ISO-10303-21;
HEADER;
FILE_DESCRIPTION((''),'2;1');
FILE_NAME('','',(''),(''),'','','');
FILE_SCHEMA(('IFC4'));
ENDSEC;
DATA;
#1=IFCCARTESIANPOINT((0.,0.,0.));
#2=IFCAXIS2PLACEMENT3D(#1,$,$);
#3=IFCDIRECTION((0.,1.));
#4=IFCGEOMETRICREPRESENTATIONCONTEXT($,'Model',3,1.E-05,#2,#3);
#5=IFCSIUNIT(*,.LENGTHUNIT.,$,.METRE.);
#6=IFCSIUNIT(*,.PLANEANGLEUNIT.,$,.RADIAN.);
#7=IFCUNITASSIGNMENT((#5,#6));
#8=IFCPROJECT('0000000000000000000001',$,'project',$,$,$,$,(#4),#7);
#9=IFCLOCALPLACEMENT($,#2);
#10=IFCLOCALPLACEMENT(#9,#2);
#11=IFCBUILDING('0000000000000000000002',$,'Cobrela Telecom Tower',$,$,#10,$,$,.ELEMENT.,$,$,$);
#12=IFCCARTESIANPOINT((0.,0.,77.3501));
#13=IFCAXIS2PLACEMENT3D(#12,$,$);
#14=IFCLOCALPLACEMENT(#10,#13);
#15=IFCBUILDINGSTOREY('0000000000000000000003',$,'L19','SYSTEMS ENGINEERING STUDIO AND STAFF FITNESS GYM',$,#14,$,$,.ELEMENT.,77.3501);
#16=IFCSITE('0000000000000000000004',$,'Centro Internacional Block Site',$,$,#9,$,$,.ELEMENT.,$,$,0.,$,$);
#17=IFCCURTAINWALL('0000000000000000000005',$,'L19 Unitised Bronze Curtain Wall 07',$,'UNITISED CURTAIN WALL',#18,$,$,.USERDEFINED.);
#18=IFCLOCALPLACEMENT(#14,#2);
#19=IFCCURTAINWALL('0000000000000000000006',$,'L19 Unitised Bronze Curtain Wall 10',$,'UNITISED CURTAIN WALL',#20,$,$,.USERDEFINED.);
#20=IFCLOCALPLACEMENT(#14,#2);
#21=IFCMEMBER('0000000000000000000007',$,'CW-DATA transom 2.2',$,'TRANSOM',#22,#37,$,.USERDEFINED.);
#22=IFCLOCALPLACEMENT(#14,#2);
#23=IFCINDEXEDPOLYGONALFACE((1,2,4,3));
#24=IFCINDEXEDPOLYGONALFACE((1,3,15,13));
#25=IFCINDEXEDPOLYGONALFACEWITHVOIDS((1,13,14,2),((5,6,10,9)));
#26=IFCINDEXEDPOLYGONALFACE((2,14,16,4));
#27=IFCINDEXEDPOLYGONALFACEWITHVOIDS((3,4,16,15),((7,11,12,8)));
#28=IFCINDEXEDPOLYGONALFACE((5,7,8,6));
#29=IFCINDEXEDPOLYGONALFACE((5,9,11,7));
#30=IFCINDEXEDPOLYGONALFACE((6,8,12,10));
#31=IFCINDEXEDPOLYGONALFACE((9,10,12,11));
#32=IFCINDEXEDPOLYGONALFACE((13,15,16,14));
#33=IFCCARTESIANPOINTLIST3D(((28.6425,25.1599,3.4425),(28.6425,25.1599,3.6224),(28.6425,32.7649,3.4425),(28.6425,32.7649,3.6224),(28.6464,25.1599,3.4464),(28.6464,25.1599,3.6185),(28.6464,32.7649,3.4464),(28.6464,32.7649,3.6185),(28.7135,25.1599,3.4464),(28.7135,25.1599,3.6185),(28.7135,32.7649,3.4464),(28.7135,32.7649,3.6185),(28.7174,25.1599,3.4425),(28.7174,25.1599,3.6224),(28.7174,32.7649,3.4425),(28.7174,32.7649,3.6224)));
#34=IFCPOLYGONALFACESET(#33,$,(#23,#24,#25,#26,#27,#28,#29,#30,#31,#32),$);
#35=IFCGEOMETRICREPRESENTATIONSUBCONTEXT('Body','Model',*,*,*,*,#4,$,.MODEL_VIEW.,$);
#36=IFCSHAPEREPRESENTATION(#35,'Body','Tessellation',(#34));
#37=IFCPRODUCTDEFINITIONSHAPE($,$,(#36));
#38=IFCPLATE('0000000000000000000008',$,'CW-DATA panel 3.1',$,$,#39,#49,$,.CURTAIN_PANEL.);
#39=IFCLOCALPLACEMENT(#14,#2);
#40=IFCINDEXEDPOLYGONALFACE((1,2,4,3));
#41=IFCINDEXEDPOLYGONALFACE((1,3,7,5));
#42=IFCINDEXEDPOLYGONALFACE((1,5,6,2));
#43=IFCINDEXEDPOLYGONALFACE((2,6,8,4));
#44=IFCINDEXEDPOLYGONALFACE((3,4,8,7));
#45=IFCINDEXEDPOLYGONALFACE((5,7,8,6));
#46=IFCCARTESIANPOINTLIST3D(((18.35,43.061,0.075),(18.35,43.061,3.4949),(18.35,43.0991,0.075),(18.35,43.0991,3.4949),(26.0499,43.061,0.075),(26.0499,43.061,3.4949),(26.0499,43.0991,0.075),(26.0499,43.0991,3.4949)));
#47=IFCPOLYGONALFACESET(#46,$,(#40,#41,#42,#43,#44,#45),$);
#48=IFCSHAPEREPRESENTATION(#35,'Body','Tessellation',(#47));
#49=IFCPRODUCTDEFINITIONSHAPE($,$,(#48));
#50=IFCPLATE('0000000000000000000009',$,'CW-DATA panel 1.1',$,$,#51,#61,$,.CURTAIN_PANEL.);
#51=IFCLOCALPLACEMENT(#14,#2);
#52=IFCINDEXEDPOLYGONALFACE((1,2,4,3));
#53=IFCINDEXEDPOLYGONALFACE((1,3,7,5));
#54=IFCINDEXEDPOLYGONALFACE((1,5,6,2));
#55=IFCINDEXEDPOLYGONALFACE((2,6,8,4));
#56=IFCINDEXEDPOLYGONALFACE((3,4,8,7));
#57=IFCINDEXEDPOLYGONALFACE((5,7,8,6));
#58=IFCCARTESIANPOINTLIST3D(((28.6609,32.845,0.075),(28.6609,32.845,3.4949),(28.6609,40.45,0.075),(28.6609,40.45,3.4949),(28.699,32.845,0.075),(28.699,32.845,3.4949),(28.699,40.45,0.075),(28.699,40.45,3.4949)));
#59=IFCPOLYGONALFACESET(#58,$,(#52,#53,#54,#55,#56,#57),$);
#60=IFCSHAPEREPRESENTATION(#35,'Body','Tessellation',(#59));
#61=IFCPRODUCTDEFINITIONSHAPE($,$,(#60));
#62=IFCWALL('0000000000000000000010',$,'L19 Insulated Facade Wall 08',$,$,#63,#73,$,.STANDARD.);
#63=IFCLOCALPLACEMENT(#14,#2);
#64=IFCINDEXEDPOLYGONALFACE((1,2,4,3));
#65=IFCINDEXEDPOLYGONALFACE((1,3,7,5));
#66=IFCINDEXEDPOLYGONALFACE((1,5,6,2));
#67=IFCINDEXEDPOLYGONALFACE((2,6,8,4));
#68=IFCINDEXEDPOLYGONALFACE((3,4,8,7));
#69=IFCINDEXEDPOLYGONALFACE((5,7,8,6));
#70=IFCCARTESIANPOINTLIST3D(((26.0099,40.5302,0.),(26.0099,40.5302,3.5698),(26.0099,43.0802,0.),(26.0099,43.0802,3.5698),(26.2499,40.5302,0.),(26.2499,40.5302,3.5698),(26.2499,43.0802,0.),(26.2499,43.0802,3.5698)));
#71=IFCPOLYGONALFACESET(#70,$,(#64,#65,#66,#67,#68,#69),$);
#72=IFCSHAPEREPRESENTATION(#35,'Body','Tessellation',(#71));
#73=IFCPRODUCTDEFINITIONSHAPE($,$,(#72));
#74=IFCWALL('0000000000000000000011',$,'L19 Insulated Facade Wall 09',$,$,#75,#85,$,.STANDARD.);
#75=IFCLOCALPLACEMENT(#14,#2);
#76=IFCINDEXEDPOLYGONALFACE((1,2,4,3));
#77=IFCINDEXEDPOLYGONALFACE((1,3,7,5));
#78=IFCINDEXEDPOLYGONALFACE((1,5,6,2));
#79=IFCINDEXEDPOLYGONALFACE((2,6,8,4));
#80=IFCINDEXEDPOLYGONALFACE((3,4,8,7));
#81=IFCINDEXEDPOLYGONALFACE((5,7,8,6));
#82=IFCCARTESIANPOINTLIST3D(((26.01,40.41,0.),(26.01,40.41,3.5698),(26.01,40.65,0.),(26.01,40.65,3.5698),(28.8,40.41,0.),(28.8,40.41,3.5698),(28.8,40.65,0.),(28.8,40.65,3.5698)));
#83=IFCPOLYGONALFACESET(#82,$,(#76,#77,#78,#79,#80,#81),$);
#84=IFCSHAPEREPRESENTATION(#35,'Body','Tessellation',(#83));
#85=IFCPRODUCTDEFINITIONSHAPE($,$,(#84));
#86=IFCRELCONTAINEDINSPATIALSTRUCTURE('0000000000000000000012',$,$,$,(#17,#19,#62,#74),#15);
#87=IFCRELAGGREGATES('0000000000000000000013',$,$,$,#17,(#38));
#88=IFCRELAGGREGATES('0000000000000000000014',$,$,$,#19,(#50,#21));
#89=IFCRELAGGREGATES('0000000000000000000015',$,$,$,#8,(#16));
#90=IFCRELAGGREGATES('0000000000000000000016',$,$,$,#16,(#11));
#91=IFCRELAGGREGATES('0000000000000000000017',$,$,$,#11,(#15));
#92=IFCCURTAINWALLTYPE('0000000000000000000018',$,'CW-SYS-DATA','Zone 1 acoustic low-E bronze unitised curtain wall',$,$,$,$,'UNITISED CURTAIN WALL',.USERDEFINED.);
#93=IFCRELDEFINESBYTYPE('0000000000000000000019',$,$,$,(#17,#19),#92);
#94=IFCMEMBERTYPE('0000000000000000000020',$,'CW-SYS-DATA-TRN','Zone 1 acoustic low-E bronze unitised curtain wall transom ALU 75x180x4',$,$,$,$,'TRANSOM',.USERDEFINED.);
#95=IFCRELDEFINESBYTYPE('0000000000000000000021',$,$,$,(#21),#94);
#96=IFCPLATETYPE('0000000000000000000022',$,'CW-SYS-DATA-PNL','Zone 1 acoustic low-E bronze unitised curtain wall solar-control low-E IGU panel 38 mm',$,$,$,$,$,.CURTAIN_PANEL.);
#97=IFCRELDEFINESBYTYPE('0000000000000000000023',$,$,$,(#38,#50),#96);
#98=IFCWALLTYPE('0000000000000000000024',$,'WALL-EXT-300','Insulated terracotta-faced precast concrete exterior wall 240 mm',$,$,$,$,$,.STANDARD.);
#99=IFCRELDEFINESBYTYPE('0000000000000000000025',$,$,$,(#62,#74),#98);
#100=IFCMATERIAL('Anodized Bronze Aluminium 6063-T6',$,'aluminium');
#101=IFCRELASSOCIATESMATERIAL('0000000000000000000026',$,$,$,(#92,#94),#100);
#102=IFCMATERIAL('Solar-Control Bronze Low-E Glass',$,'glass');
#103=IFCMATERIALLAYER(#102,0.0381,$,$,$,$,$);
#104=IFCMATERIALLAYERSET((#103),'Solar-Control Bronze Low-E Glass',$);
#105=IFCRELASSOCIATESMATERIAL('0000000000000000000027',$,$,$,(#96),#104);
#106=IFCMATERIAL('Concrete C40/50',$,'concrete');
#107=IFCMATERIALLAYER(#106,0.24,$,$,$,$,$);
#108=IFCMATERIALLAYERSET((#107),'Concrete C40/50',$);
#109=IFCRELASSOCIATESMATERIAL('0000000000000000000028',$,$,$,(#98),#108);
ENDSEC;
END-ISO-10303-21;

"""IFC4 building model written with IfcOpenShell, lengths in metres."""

from ifc_helpers import new_model, si_unit, direction, frame, frame_2d, origin, origin_2d, place, context, subcontext, project, spatial, rectangle, hollow_rectangle, extrude, material, layer, layer_set, material_profile, profile_set, type_object, element, aggregate, save


model = new_model("IFC4")

# Units and contexts
model_context = context("Model", 3, precision=1e-05, world=origin(), true_north=direction((0.0, 1.0)))
body_context = subcontext(model_context, "Body", "Model", "MODEL_VIEW")
ifc_project = project(units=[si_unit("LENGTHUNIT", "METRE"), si_unit("PLANEANGLEUNIT", "RADIAN")], contexts=[model_context])

# Site, building, storey
site_placement = place(None, origin())
site = spatial("IfcSite", under=ifc_project, at=site_placement, Name="Centro Internacional Block Site", CompositionType="ELEMENT", RefElevation=0.0)
building_placement = place(site_placement, origin())
building = spatial("IfcBuilding", under=site, at=building_placement, Name="Cobrela Telecom Tower", CompositionType="ELEMENT")
storey_placement = place(building_placement, frame((0.0, 0.0, 77.3501)))
storey = spatial("IfcBuildingStorey", under=building, at=storey_placement, Name="L19", Description="SYSTEMS ENGINEERING STUDIO AND STAFF FITNESS GYM", CompositionType="ELEMENT", Elevation=77.3501)

# Curtain wall
ifc_material_1 = material(Name="Anodized Bronze Aluminium 6063-T6", Category="aluminium")
curtain_wall_type = type_object("IfcCurtainWallType", Name="CW-SYS-DATA", Description="Zone 1 acoustic low-E bronze unitised curtain wall", ElementType="UNITISED CURTAIN WALL", PredefinedType="USERDEFINED", material=ifc_material_1)
curtain_wall_1_placement = place(storey_placement, origin())
curtain_wall_1 = element("IfcCurtainWall", 1, at=curtain_wall_1_placement, inside=storey, type_object=curtain_wall_type, Name="L19 Unitised Bronze Curtain Wall 07", ObjectType="UNITISED CURTAIN WALL", PredefinedType="USERDEFINED")

# Curtain wall, member
curtain_wall_2_placement = place(storey_placement, origin())
curtain_wall_2 = element("IfcCurtainWall", 2, at=curtain_wall_2_placement, inside=storey, type_object=curtain_wall_type, Name="L19 Unitised Bronze Curtain Wall 10", ObjectType="UNITISED CURTAIN WALL", PredefinedType="USERDEFINED")
ifc_material_profile_1 = material_profile(ifc_material_1, hollow_rectangle(XDim=0.075, YDim=0.1799, WallThickness=0.0039, at=origin_2d()), Name="ALU 75x180x4")
ifc_profile_set_1 = profile_set([ifc_material_profile_1], Name="Anodized Bronze Aluminium 6063-T6")
member_type_1 = type_object("IfcMemberType", Name="CW-SYS-DATA-TRN", Description="Zone 1 acoustic low-E bronze unitised curtain wall transom ALU 75x180x4", ElementType="TRANSOM", PredefinedType="USERDEFINED", material=ifc_profile_set_1)
member_1_placement = place(storey_placement, frame((28.6799, 32.7649, 3.5325), z_axis=(0.0, -1.0, 0.0), x_axis=(1.0, 0.0, 0.0)))
member_1 = element("IfcMember", 3, at=member_1_placement, type_object=member_type_1, Name="CW-DATA transom 2.2", ObjectType="TRANSOM", PredefinedType="USERDEFINED", context=body_context, shape_type="SweptSolid", body=[
    extrude(hollow_rectangle(XDim=0.075, YDim=0.1799, WallThickness=0.0039, at=origin_2d()), origin(), (0.0, 0.0, 1.0), 7.605),
])

# Plates
ifc_material_2 = material(Name="Solar-Control Bronze Low-E Glass", Category="glass")
ifc_layer_1 = layer(ifc_material_2, 0.0381)
ifc_layer_set_1 = layer_set([ifc_layer_1], Name="Solar-Control Bronze Low-E Glass")
plate_type = type_object("IfcPlateType", Name="CW-SYS-DATA-PNL", Description="Zone 1 acoustic low-E bronze unitised curtain wall solar-control low-E IGU panel 38 mm", PredefinedType="CURTAIN_PANEL", material=ifc_layer_set_1)
plate_1_placement = place(storey_placement, frame((22.2, 43.0801, 0.075), z_axis=(0.0, 0.0, 1.0), x_axis=(1.0, 0.0, 0.0)))
plate_1 = element("IfcPlate", 4, at=plate_1_placement, type_object=plate_type, Name="CW-DATA panel 3.1", PredefinedType="CURTAIN_PANEL", context=body_context, shape_type="SweptSolid", body=[
    extrude(rectangle(XDim=7.7, YDim=0.0381, at=origin_2d()), origin(), (0.0, 0.0, 1.0), 3.4199),
])
aggregate(curtain_wall_1, [plate_1])
plate_2_placement = place(storey_placement, frame((28.6799, 36.6475, 0.075), z_axis=(0.0, 0.0, 1.0), x_axis=(0.0, -1.0, 0.0)))
plate_2 = element("IfcPlate", 5, at=plate_2_placement, type_object=plate_type, Name="CW-DATA panel 1.1", PredefinedType="CURTAIN_PANEL", context=body_context, shape_type="SweptSolid", body=[
    extrude(rectangle(XDim=7.605, YDim=0.0381, at=origin_2d()), origin(), (0.0, 0.0, 1.0), 3.4199),
])
aggregate(curtain_wall_2, [plate_2, member_1])

# Walls
ifc_material_3 = material(Name="Concrete C40/50", Category="concrete")
ifc_layer_2 = layer(ifc_material_3, 0.24)
ifc_layer_set_2 = layer_set([ifc_layer_2], Name="Concrete C40/50")
wall_type = type_object("IfcWallType", Name="WALL-EXT-300", Description="Insulated terracotta-faced precast concrete exterior wall 240 mm", PredefinedType="STANDARD", material=ifc_layer_set_2)
wall_1_placement = place(storey_placement, frame((26.1299, 43.0801, 0.0), z_axis=(0.0, 0.0, 1.0), x_axis=(0.0, -1.0, 0.0)))
element("IfcWall", 6, at=wall_1_placement, inside=storey, type_object=wall_type, Name="L19 Insulated Facade Wall 08", PredefinedType="STANDARD", context=body_context, shape_type="SweptSolid", body=[
    extrude(rectangle(XDim=2.55, YDim=0.24, at=frame_2d((1.2749, 0.0))), origin(), (0.0, 0.0, 1.0), 3.5698),
])
wall_2_placement = place(storey_placement, frame((26.01, 40.53, 0.0), z_axis=(0.0, 0.0, 1.0), x_axis=(1.0, 0.0, 0.0)))
element("IfcWall", 7, at=wall_2_placement, inside=storey, type_object=wall_type, Name="L19 Insulated Facade Wall 09", PredefinedType="STANDARD", context=body_context, shape_type="SweptSolid", body=[
    extrude(rectangle(XDim=2.79, YDim=0.24, at=frame_2d((1.395, 0.0))), origin(), (0.0, 0.0, 1.0), 3.5698),
])

save(model, "model.ifc")
